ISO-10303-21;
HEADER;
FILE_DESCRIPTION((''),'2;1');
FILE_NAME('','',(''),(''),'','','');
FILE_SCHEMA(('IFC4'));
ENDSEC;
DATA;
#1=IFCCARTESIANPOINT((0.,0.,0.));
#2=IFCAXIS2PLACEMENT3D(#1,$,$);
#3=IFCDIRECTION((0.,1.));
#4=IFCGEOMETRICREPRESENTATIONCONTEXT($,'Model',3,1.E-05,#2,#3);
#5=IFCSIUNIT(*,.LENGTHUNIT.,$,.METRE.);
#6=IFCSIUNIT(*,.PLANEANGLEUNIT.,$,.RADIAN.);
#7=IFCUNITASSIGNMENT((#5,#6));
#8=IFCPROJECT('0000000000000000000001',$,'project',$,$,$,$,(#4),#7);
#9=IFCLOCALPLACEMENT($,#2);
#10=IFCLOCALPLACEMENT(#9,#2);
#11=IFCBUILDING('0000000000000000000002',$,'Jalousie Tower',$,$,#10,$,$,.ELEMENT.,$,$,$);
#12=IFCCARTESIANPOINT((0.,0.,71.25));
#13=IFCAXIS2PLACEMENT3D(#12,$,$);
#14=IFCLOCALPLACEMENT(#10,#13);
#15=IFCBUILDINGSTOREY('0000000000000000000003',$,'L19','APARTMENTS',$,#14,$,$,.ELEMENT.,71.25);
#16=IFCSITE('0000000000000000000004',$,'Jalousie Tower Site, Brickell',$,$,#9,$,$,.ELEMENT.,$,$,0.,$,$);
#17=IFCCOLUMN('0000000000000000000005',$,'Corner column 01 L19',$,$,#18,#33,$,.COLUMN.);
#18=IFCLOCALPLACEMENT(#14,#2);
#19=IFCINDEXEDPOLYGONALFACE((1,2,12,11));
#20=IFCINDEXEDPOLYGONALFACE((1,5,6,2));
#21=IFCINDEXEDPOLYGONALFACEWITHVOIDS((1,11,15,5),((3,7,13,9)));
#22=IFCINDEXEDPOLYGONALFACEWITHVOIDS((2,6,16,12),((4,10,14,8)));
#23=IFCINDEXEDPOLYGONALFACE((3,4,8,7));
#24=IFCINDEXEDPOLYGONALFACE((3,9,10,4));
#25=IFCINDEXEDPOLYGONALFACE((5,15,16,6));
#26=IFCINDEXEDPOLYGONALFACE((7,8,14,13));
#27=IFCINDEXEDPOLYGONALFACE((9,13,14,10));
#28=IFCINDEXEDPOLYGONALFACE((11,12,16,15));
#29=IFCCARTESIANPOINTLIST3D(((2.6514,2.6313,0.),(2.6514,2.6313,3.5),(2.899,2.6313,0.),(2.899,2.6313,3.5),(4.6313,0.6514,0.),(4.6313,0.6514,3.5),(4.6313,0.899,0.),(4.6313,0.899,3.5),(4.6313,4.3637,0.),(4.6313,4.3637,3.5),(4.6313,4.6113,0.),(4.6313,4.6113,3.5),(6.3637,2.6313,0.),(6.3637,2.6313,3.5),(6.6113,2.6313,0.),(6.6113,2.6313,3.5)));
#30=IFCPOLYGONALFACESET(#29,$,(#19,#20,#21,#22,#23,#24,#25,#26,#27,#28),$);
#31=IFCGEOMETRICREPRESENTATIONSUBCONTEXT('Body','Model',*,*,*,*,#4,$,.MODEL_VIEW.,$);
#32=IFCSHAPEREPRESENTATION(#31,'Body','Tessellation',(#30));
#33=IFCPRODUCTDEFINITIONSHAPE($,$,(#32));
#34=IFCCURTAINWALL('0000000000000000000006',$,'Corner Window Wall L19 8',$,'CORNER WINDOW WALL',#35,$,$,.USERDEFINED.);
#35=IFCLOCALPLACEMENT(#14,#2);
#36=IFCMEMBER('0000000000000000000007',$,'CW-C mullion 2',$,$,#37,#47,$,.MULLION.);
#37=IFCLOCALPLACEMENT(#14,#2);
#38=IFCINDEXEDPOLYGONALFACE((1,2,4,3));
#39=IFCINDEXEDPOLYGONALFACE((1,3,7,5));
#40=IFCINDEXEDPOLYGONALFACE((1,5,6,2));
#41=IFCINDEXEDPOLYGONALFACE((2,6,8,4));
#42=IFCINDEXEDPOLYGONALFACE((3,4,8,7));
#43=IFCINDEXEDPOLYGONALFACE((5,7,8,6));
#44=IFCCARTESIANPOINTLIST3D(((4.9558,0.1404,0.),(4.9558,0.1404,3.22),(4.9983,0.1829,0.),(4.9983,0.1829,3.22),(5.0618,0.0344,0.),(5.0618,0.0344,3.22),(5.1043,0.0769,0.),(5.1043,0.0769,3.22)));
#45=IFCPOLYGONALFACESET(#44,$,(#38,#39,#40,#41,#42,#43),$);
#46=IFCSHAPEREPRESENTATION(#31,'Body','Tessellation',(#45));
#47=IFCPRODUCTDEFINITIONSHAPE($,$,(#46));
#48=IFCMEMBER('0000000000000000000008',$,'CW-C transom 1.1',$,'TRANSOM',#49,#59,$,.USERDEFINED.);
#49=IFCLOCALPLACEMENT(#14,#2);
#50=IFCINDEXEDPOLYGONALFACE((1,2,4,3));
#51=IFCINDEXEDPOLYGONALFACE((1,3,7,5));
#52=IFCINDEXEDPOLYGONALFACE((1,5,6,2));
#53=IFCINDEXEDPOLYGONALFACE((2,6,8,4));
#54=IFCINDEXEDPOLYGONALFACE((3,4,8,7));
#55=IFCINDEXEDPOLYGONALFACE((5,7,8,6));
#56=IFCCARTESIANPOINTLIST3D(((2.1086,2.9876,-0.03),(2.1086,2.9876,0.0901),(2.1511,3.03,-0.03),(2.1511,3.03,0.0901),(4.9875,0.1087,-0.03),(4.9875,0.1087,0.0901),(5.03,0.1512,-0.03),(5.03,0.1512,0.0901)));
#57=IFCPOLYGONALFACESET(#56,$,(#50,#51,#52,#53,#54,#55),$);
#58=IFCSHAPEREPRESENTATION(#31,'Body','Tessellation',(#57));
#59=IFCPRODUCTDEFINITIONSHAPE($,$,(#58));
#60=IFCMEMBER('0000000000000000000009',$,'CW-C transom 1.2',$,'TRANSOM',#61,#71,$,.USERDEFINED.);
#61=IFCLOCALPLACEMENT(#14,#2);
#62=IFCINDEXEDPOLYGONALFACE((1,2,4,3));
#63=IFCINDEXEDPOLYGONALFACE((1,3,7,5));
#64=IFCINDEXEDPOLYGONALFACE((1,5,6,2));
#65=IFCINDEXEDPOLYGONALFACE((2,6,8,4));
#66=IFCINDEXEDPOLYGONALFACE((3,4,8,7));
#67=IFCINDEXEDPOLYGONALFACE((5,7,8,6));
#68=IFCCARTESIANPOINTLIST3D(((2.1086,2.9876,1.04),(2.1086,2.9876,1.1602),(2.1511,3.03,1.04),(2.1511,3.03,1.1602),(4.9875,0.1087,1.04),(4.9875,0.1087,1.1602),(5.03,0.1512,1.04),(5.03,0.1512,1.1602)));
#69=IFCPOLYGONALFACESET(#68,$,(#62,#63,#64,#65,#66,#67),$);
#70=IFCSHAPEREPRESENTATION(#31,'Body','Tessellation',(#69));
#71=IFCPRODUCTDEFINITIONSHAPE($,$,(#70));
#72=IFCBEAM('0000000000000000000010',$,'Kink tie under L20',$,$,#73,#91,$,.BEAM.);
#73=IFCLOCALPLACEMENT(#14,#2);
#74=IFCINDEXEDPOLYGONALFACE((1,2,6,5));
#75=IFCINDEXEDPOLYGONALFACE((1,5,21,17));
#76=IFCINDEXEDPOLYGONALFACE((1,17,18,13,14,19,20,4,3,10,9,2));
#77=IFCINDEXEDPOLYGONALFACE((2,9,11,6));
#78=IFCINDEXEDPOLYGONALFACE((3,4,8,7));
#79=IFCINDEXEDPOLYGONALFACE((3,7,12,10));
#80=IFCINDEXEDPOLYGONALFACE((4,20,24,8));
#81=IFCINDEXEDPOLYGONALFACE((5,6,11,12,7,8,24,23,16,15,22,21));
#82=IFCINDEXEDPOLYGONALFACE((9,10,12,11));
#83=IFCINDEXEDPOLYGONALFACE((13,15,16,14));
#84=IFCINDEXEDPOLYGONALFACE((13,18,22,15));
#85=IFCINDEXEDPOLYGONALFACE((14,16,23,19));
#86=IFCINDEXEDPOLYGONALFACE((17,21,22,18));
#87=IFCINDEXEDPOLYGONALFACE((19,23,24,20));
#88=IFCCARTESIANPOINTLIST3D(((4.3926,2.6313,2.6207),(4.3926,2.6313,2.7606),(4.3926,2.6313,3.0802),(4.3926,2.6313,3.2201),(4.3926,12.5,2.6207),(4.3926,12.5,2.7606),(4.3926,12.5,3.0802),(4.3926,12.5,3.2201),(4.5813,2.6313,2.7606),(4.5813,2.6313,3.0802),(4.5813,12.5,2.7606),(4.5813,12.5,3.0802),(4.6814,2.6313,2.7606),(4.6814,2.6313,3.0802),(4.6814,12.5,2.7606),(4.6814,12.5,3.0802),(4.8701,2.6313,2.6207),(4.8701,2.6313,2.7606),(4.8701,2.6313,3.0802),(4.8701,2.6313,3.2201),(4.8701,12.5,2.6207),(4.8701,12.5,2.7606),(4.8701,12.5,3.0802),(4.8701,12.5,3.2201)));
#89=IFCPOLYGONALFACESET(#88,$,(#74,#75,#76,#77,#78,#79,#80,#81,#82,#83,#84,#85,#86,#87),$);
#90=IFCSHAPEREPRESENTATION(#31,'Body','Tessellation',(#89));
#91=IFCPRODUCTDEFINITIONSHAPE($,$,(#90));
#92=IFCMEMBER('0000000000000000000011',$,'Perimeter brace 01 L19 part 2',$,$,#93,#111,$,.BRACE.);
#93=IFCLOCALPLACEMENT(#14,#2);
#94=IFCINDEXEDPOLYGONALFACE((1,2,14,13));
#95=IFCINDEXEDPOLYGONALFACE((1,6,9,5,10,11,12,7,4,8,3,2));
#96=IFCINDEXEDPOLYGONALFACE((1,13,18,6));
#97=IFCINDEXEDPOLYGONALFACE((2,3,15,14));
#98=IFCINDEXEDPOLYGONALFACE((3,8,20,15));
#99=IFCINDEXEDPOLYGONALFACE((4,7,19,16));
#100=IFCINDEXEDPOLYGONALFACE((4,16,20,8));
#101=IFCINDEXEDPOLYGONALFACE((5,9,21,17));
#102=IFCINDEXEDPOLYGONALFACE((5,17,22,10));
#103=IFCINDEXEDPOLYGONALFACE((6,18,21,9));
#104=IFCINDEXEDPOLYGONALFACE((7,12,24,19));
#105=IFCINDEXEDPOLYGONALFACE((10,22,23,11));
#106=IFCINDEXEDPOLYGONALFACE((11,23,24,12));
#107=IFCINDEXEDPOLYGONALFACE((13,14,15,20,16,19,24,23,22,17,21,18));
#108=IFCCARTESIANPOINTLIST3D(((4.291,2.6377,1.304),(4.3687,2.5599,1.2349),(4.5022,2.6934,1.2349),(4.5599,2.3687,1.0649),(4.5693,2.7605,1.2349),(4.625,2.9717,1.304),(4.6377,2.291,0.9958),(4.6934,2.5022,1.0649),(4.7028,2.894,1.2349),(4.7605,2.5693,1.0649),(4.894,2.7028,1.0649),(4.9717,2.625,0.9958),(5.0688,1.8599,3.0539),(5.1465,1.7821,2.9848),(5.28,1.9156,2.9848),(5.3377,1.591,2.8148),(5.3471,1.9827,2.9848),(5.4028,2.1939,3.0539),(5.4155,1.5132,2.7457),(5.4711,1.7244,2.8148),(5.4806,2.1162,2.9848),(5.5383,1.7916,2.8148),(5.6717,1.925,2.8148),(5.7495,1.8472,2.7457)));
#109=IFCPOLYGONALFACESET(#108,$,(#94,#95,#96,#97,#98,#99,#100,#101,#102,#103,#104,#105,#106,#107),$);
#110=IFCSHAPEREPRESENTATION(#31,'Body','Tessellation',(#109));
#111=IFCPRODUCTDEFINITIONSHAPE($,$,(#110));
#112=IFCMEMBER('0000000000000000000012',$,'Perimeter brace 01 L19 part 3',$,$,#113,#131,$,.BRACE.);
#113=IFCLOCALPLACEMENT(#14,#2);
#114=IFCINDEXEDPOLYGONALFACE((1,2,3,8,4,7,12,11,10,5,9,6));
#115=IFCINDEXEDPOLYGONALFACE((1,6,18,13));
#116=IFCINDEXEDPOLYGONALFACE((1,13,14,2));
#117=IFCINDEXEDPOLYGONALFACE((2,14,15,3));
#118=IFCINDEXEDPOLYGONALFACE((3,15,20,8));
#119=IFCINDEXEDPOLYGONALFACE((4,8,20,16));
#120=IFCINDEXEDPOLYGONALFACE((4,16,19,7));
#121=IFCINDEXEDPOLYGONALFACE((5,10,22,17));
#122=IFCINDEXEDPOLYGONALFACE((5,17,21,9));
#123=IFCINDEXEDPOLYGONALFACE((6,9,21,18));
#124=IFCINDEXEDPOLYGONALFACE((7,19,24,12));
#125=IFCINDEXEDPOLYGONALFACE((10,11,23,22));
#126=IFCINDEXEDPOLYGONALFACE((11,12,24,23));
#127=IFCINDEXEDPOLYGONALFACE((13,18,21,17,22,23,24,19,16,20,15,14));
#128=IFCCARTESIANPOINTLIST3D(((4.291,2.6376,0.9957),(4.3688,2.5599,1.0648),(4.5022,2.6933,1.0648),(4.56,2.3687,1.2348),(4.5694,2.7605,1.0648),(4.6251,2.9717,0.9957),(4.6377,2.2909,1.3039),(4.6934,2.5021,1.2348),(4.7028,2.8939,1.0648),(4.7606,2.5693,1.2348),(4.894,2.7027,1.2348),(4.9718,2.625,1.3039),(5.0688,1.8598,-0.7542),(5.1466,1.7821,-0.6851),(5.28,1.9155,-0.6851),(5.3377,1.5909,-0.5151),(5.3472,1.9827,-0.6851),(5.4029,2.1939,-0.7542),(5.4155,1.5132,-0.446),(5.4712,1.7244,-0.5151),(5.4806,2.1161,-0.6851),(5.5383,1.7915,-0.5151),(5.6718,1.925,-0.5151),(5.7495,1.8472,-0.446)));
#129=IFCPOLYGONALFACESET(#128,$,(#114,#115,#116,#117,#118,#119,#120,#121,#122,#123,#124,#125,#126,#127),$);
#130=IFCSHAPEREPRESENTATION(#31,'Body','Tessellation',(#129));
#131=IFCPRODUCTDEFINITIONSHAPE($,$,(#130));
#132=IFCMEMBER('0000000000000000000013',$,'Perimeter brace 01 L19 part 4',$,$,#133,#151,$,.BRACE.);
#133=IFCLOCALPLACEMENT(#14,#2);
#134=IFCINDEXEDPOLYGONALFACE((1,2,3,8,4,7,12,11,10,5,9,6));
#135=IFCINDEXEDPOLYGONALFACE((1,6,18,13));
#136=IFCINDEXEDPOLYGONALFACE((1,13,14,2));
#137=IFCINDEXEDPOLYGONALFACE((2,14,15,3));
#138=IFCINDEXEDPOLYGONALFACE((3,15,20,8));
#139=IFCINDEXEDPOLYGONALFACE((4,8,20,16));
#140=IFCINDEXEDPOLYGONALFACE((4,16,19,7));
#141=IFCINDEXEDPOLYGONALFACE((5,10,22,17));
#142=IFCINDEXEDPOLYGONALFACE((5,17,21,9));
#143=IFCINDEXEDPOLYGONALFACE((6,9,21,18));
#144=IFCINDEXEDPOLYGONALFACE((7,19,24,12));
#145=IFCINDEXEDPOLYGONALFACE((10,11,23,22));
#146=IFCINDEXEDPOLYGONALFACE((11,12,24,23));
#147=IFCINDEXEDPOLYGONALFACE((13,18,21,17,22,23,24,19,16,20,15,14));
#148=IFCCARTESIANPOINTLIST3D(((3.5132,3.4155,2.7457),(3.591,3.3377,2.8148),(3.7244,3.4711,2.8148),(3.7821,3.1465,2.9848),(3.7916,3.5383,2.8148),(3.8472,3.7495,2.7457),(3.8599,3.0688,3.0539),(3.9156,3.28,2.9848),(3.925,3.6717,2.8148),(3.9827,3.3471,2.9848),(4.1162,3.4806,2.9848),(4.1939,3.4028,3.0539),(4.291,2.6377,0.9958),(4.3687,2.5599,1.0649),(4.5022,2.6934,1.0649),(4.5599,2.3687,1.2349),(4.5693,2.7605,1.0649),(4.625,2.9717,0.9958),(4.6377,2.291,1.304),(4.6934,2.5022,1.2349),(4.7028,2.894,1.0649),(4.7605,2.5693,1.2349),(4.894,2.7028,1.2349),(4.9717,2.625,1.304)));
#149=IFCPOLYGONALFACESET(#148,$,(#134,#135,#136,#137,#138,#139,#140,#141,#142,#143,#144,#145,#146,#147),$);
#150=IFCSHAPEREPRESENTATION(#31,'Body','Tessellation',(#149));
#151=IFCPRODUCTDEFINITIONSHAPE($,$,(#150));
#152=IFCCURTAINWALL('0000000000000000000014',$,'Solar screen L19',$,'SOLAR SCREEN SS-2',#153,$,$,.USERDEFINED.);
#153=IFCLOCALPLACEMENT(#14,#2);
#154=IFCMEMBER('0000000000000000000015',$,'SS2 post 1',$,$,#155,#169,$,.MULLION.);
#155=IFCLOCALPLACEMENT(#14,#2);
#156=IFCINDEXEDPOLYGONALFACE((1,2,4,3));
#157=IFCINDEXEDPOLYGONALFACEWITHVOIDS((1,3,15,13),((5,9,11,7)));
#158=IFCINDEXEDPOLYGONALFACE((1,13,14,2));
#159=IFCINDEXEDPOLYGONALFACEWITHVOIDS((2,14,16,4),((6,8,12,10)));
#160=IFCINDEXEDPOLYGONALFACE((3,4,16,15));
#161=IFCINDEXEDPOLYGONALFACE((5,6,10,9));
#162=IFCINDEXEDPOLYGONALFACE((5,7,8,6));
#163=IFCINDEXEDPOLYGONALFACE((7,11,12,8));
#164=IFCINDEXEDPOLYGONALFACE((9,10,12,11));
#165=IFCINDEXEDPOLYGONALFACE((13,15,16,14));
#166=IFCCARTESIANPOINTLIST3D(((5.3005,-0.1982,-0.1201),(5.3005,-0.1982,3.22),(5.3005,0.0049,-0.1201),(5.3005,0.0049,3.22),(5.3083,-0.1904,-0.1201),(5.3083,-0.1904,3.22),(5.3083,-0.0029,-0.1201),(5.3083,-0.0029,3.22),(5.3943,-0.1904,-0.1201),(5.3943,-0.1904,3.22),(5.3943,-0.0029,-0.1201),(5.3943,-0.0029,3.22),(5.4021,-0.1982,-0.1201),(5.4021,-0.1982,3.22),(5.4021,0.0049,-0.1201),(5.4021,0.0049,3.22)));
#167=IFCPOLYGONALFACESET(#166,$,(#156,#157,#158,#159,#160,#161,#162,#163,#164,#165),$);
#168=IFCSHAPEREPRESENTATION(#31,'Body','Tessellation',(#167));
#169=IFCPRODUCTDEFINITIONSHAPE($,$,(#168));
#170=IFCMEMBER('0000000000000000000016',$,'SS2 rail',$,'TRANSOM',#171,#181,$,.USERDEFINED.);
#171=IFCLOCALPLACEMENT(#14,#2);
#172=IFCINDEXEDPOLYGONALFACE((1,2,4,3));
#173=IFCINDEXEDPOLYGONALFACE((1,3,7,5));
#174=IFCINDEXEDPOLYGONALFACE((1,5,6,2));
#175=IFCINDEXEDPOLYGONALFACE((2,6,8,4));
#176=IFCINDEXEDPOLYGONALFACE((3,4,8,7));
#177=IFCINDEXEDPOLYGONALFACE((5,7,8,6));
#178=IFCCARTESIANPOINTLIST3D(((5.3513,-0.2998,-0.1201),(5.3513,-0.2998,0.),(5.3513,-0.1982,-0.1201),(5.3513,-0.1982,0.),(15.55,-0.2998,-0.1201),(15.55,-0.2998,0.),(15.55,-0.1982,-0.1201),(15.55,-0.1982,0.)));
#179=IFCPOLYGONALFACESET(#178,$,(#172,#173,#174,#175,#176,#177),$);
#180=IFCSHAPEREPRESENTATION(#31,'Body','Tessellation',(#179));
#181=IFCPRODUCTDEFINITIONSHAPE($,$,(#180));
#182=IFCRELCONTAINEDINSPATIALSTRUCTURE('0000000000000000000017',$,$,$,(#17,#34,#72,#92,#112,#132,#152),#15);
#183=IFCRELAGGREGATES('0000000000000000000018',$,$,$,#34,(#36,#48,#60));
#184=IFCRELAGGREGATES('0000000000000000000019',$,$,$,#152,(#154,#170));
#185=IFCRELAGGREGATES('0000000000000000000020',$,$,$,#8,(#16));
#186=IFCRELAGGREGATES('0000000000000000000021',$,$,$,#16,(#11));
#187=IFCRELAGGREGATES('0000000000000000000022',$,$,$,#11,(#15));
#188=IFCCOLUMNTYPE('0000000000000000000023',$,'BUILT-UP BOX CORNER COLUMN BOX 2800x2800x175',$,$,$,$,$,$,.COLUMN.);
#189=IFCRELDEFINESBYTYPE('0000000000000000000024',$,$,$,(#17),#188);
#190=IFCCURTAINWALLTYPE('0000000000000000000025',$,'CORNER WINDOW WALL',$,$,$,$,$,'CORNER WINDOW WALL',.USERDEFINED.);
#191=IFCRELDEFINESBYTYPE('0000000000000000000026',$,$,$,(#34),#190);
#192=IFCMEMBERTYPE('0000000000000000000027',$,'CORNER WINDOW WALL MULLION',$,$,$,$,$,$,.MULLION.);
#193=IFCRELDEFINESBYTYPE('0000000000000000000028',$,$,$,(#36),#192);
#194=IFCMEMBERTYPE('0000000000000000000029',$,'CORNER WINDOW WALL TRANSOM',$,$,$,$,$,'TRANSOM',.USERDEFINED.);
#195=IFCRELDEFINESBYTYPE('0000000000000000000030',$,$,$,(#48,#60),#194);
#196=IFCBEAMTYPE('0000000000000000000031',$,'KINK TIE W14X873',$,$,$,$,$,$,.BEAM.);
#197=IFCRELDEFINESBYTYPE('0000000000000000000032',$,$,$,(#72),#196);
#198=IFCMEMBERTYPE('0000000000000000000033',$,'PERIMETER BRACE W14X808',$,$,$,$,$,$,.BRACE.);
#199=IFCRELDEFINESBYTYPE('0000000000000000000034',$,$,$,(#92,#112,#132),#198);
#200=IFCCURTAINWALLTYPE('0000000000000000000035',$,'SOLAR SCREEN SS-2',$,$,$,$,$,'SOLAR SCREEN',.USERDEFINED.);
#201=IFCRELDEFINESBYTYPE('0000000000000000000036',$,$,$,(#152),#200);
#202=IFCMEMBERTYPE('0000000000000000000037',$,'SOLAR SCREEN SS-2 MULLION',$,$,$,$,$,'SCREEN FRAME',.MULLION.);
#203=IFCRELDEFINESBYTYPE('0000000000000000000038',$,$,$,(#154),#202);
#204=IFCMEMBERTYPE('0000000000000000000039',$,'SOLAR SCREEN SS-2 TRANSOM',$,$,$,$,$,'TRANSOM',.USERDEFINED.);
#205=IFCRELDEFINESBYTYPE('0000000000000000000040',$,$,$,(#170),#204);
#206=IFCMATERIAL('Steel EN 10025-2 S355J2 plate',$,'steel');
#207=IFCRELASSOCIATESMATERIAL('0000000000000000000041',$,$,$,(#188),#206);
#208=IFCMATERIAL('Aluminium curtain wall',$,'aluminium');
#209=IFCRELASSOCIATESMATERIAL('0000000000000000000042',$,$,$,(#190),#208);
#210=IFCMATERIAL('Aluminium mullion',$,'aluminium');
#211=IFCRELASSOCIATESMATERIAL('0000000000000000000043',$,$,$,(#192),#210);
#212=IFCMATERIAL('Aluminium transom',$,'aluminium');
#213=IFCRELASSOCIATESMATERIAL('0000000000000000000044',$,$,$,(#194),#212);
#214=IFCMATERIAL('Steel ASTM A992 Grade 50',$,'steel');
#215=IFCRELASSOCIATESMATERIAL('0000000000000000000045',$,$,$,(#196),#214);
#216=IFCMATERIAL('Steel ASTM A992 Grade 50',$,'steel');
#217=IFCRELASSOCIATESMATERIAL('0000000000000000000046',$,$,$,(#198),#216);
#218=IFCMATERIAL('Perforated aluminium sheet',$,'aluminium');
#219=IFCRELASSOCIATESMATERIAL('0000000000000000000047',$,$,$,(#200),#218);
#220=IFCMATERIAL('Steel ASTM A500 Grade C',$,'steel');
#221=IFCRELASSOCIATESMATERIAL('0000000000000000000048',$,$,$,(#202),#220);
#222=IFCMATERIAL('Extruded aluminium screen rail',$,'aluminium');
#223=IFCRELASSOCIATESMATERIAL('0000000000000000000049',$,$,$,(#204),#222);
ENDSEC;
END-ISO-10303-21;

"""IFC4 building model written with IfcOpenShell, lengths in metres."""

from ifc_helpers import new_model, si_unit, direction, frame, origin, origin_2d, place, context, subcontext, project, spatial, rectangle, hollow_rectangle, i_section, extrude, material, material_profile, profile_set, type_object, element, aggregate, save


model = new_model("IFC4")

# Units and contexts
model_context = context("Model", 3, precision=1e-05, world=origin(), true_north=direction((0.0, 1.0)))
body_context = subcontext(model_context, "Body", "Model", "MODEL_VIEW")
ifc_project = project(units=[si_unit("LENGTHUNIT", "METRE"), si_unit("PLANEANGLEUNIT", "RADIAN")], contexts=[model_context])

# Site, building, storey
site_placement = place(None, origin())
site = spatial("IfcSite", under=ifc_project, at=site_placement, Name="Jalousie Tower Site, Brickell", CompositionType="ELEMENT", RefElevation=0.0)
building_placement = place(site_placement, origin())
building = spatial("IfcBuilding", under=site, at=building_placement, Name="Jalousie Tower", CompositionType="ELEMENT")
storey_placement = place(building_placement, frame((0.0, 0.0, 71.25)))
storey = spatial("IfcBuildingStorey", under=building, at=storey_placement, Name="L19", Description="APARTMENTS", CompositionType="ELEMENT", Elevation=71.25)

# Column
ifc_material_1 = material(Name="Steel EN 10025-2 S355J2 plate", Category="steel")
ifc_material_profile_1 = material_profile(ifc_material_1, hollow_rectangle(XDim=2.8, YDim=2.8, WallThickness=0.175, at=origin_2d()), Name="BOX 2800x2800x175")
ifc_profile_set_1 = profile_set([ifc_material_profile_1], Name="Steel EN 10025-2 S355J2 plate")
column_type = type_object("IfcColumnType", Name="BUILT-UP BOX CORNER COLUMN BOX 2800x2800x175", PredefinedType="COLUMN", material=ifc_profile_set_1)
column_placement = place(storey_placement, frame((4.6313, 2.6313, 0.0), z_axis=(0.0, 0.0, 1.0), x_axis=(0.707107, 0.707107, 0.0)))
element("IfcColumn", 1, at=column_placement, inside=storey, type_object=column_type, Name="Corner column 01 L19", PredefinedType="COLUMN", context=body_context, shape_type="SweptSolid", body=[
    extrude(hollow_rectangle(XDim=2.8, YDim=2.8, WallThickness=0.175, at=origin_2d()), origin(), (0.0, 0.0, 1.0), 3.5),
])

# Curtain wall, members
ifc_material_2 = material(Name="Aluminium curtain wall", Category="aluminium")
curtain_wall_type_1 = type_object("IfcCurtainWallType", Name="CORNER WINDOW WALL", ElementType="CORNER WINDOW WALL", PredefinedType="USERDEFINED", material=ifc_material_2)
curtain_wall_1_placement = place(storey_placement, origin())
curtain_wall_1 = element("IfcCurtainWall", 2, at=curtain_wall_1_placement, inside=storey, type_object=curtain_wall_type_1, Name="Corner Window Wall L19 8", ObjectType="CORNER WINDOW WALL", PredefinedType="USERDEFINED")
ifc_material_3 = material(Name="Aluminium mullion", Category="aluminium")
ifc_material_profile_2 = material_profile(ifc_material_3, rectangle(XDim=0.0601, YDim=0.1499, at=origin_2d()), Name="MULLION 60x150")
ifc_profile_set_2 = profile_set([ifc_material_profile_2], Name="Aluminium mullion")
member_type_1 = type_object("IfcMemberType", Name="CORNER WINDOW WALL MULLION", PredefinedType="MULLION", material=ifc_profile_set_2)
member_1_placement = place(storey_placement, frame((5.03, 0.1086, 0.0), z_axis=(0.0, 0.0, 1.0), x_axis=(0.707107, 0.707107, 0.0)))
member_1 = element("IfcMember", 3, at=member_1_placement, type_object=member_type_1, Name="CW-C mullion 2", PredefinedType="MULLION", context=body_context, shape_type="SweptSolid", body=[
    extrude(rectangle(XDim=0.0601, YDim=0.1499, at=origin_2d()), origin(), (0.0, 0.0, 1.0), 3.22),
])
ifc_material_4 = material(Name="Aluminium transom", Category="aluminium")
ifc_material_profile_3 = material_profile(ifc_material_4, rectangle(XDim=0.0601, YDim=0.1201, at=origin_2d()), Name="TRANSOM 60x120")
ifc_profile_set_3 = profile_set([ifc_material_profile_3], Name="Aluminium transom")
member_type_2 = type_object("IfcMemberType", Name="CORNER WINDOW WALL TRANSOM", ElementType="TRANSOM", PredefinedType="USERDEFINED", material=ifc_profile_set_3)
member_2_placement = place(storey_placement, frame((2.1299, 3.0088, 0.03), z_axis=(0.707107, -0.707107, 0.0), x_axis=(0.707107, 0.707107, 0.0)))
member_2 = element("IfcMember", 4, at=member_2_placement, type_object=member_type_2, Name="CW-C transom 1.1", ObjectType="TRANSOM", PredefinedType="USERDEFINED", context=body_context, shape_type="SweptSolid", body=[
    extrude(rectangle(XDim=0.0601, YDim=0.1201, at=origin_2d()), origin(), (0.0, 0.0, 1.0), 4.0713),
])
member_3_placement = place(storey_placement, frame((2.1299, 3.0088, 1.1001), z_axis=(0.707107, -0.707107, 0.0), x_axis=(0.707107, 0.707107, 0.0)))
member_3 = element("IfcMember", 5, at=member_3_placement, type_object=member_type_2, Name="CW-C transom 1.2", ObjectType="TRANSOM", PredefinedType="USERDEFINED", context=body_context, shape_type="SweptSolid", body=[
    extrude(rectangle(XDim=0.0601, YDim=0.1201, at=origin_2d()), origin(), (0.0, 0.0, 1.0), 4.0713),
])

# Beam
ifc_material_5 = material(Name="Steel ASTM A992 Grade 50", Category="steel")
ifc_material_profile_4 = material_profile(ifc_material_5, i_section(OverallWidth=0.4775, OverallDepth=0.5994, WebThickness=0.1001, FlangeThickness=0.1399, at=origin_2d()), Name="W14X873")
ifc_profile_set_4 = profile_set([ifc_material_profile_4], Name="Steel ASTM A992 Grade 50")
beam_type = type_object("IfcBeamType", Name="KINK TIE W14X873", PredefinedType="BEAM", material=ifc_profile_set_4)
beam_placement = place(storey_placement, frame((4.6313, 2.6313, 2.9204), z_axis=(0.0, 1.0, 0.0), x_axis=(-1.0, 0.0, 0.0)))
element("IfcBeam", 6, at=beam_placement, inside=storey, type_object=beam_type, Name="Kink tie under L20", PredefinedType="BEAM", context=body_context, shape_type="SweptSolid", body=[
    extrude(i_section(OverallWidth=0.4775, OverallDepth=0.5994, WebThickness=0.1001, FlangeThickness=0.1399, at=origin_2d()), origin(), (0.0, 0.0, 1.0), 9.8687),
])

# Members
ifc_material_6 = material(Name="Steel ASTM A992 Grade 50", Category="steel")
ifc_material_profile_5 = material_profile(ifc_material_6, i_section(OverallWidth=0.4724, OverallDepth=0.5791, WebThickness=0.095, FlangeThickness=0.1299, at=origin_2d()), Name="W14X808")
ifc_profile_set_5 = profile_set([ifc_material_profile_5], Name="Steel ASTM A992 Grade 50")
member_type_3 = type_object("IfcMemberType", Name="PERIMETER BRACE W14X808", PredefinedType="BRACE", material=ifc_profile_set_5)
for number, where, z_axis, x_axis, name in (
    (7, (4.6313, 2.6313, 1.1499), (0.376307, -0.376307, 0.846632), (0.707107, 0.707107, 0.0), "Perimeter brace 01 L19 part 2"),
    (8, (5.4092, 1.8535, -0.6001), (-0.376307, 0.376307, 0.846632), (-0.707107, -0.707107, 0.0), "Perimeter brace 01 L19 part 3"),
    (9, (4.6313, 2.6313, 1.1499), (-0.376307, 0.376307, 0.846632), (-0.707107, -0.707107, 0.0), "Perimeter brace 01 L19 part 4"),
):
    element("IfcMember", number, at=place(storey_placement, frame(where, z_axis=z_axis, x_axis=x_axis)), inside=storey, type_object=member_type_3, Name=name, PredefinedType="BRACE", context=body_context, shape_type="SweptSolid", body=[
        extrude(i_section(OverallWidth=0.4724, OverallDepth=0.5791, WebThickness=0.095, FlangeThickness=0.1299, at=origin_2d()), origin(), (0.0, 0.0, 1.0), 2.0669),
    ])

# Curtain wall, members
ifc_material_7 = material(Name="Perforated aluminium sheet", Category="aluminium")
curtain_wall_type_2 = type_object("IfcCurtainWallType", Name="SOLAR SCREEN SS-2", ElementType="SOLAR SCREEN", PredefinedType="USERDEFINED", material=ifc_material_7)
curtain_wall_2_placement = place(storey_placement, origin())
curtain_wall_2 = element("IfcCurtainWall", 10, at=curtain_wall_2_placement, inside=storey, type_object=curtain_wall_type_2, Name="Solar screen L19", ObjectType="SOLAR SCREEN SS-2", PredefinedType="USERDEFINED")
ifc_material_8 = material(Name="Steel ASTM A500 Grade C", Category="steel")
ifc_material_profile_6 = material_profile(ifc_material_8, hollow_rectangle(XDim=0.1016, YDim=0.2031, WallThickness=0.0078, at=origin_2d()), Name="HSS8X4X5/16")
ifc_profile_set_6 = profile_set([ifc_material_profile_6], Name="Steel ASTM A500 Grade C")
member_type_4 = type_object("IfcMemberType", Name="SOLAR SCREEN SS-2 MULLION", ElementType="SCREEN FRAME", PredefinedType="MULLION", material=ifc_profile_set_6)
member_4_placement = place(storey_placement, frame((5.3513, -0.0967, -0.1201), z_axis=(0.0, 0.0, 1.0), x_axis=(1.0, 0.0, 0.0)))
member_4 = element("IfcMember", 11, at=member_4_placement, type_object=member_type_4, Name="SS2 post 1", PredefinedType="MULLION", context=body_context, shape_type="SweptSolid", body=[
    extrude(hollow_rectangle(XDim=0.1016, YDim=0.2031, WallThickness=0.0078, at=origin_2d()), origin(), (0.0, 0.0, 1.0), 3.3401),
])
ifc_material_9 = material(Name="Extruded aluminium screen rail", Category="aluminium")
ifc_material_profile_7 = material_profile(ifc_material_9, rectangle(XDim=0.1016, YDim=0.1201, at=origin_2d()), Name="RAIL 102x120")
ifc_profile_set_7 = profile_set([ifc_material_profile_7], Name="Extruded aluminium screen rail")
member_type_5 = type_object("IfcMemberType", Name="SOLAR SCREEN SS-2 TRANSOM", ElementType="TRANSOM", PredefinedType="USERDEFINED", material=ifc_profile_set_7)
member_5_placement = place(storey_placement, frame((5.3513, -0.249, -0.0601), z_axis=(1.0, 0.0, 0.0), x_axis=(0.0, 1.0, 0.0)))
member_5 = element("IfcMember", 12, at=member_5_placement, type_object=member_type_5, Name="SS2 rail", ObjectType="TRANSOM", PredefinedType="USERDEFINED", context=body_context, shape_type="SweptSolid", body=[
    extrude(rectangle(XDim=0.1016, YDim=0.1201, at=origin_2d()), origin(), (0.0, 0.0, 1.0), 10.1987),
])

aggregate(curtain_wall_1, [member_1, member_2, member_3])

aggregate(curtain_wall_2, [member_4, member_5])

save(model, "model.ifc")
